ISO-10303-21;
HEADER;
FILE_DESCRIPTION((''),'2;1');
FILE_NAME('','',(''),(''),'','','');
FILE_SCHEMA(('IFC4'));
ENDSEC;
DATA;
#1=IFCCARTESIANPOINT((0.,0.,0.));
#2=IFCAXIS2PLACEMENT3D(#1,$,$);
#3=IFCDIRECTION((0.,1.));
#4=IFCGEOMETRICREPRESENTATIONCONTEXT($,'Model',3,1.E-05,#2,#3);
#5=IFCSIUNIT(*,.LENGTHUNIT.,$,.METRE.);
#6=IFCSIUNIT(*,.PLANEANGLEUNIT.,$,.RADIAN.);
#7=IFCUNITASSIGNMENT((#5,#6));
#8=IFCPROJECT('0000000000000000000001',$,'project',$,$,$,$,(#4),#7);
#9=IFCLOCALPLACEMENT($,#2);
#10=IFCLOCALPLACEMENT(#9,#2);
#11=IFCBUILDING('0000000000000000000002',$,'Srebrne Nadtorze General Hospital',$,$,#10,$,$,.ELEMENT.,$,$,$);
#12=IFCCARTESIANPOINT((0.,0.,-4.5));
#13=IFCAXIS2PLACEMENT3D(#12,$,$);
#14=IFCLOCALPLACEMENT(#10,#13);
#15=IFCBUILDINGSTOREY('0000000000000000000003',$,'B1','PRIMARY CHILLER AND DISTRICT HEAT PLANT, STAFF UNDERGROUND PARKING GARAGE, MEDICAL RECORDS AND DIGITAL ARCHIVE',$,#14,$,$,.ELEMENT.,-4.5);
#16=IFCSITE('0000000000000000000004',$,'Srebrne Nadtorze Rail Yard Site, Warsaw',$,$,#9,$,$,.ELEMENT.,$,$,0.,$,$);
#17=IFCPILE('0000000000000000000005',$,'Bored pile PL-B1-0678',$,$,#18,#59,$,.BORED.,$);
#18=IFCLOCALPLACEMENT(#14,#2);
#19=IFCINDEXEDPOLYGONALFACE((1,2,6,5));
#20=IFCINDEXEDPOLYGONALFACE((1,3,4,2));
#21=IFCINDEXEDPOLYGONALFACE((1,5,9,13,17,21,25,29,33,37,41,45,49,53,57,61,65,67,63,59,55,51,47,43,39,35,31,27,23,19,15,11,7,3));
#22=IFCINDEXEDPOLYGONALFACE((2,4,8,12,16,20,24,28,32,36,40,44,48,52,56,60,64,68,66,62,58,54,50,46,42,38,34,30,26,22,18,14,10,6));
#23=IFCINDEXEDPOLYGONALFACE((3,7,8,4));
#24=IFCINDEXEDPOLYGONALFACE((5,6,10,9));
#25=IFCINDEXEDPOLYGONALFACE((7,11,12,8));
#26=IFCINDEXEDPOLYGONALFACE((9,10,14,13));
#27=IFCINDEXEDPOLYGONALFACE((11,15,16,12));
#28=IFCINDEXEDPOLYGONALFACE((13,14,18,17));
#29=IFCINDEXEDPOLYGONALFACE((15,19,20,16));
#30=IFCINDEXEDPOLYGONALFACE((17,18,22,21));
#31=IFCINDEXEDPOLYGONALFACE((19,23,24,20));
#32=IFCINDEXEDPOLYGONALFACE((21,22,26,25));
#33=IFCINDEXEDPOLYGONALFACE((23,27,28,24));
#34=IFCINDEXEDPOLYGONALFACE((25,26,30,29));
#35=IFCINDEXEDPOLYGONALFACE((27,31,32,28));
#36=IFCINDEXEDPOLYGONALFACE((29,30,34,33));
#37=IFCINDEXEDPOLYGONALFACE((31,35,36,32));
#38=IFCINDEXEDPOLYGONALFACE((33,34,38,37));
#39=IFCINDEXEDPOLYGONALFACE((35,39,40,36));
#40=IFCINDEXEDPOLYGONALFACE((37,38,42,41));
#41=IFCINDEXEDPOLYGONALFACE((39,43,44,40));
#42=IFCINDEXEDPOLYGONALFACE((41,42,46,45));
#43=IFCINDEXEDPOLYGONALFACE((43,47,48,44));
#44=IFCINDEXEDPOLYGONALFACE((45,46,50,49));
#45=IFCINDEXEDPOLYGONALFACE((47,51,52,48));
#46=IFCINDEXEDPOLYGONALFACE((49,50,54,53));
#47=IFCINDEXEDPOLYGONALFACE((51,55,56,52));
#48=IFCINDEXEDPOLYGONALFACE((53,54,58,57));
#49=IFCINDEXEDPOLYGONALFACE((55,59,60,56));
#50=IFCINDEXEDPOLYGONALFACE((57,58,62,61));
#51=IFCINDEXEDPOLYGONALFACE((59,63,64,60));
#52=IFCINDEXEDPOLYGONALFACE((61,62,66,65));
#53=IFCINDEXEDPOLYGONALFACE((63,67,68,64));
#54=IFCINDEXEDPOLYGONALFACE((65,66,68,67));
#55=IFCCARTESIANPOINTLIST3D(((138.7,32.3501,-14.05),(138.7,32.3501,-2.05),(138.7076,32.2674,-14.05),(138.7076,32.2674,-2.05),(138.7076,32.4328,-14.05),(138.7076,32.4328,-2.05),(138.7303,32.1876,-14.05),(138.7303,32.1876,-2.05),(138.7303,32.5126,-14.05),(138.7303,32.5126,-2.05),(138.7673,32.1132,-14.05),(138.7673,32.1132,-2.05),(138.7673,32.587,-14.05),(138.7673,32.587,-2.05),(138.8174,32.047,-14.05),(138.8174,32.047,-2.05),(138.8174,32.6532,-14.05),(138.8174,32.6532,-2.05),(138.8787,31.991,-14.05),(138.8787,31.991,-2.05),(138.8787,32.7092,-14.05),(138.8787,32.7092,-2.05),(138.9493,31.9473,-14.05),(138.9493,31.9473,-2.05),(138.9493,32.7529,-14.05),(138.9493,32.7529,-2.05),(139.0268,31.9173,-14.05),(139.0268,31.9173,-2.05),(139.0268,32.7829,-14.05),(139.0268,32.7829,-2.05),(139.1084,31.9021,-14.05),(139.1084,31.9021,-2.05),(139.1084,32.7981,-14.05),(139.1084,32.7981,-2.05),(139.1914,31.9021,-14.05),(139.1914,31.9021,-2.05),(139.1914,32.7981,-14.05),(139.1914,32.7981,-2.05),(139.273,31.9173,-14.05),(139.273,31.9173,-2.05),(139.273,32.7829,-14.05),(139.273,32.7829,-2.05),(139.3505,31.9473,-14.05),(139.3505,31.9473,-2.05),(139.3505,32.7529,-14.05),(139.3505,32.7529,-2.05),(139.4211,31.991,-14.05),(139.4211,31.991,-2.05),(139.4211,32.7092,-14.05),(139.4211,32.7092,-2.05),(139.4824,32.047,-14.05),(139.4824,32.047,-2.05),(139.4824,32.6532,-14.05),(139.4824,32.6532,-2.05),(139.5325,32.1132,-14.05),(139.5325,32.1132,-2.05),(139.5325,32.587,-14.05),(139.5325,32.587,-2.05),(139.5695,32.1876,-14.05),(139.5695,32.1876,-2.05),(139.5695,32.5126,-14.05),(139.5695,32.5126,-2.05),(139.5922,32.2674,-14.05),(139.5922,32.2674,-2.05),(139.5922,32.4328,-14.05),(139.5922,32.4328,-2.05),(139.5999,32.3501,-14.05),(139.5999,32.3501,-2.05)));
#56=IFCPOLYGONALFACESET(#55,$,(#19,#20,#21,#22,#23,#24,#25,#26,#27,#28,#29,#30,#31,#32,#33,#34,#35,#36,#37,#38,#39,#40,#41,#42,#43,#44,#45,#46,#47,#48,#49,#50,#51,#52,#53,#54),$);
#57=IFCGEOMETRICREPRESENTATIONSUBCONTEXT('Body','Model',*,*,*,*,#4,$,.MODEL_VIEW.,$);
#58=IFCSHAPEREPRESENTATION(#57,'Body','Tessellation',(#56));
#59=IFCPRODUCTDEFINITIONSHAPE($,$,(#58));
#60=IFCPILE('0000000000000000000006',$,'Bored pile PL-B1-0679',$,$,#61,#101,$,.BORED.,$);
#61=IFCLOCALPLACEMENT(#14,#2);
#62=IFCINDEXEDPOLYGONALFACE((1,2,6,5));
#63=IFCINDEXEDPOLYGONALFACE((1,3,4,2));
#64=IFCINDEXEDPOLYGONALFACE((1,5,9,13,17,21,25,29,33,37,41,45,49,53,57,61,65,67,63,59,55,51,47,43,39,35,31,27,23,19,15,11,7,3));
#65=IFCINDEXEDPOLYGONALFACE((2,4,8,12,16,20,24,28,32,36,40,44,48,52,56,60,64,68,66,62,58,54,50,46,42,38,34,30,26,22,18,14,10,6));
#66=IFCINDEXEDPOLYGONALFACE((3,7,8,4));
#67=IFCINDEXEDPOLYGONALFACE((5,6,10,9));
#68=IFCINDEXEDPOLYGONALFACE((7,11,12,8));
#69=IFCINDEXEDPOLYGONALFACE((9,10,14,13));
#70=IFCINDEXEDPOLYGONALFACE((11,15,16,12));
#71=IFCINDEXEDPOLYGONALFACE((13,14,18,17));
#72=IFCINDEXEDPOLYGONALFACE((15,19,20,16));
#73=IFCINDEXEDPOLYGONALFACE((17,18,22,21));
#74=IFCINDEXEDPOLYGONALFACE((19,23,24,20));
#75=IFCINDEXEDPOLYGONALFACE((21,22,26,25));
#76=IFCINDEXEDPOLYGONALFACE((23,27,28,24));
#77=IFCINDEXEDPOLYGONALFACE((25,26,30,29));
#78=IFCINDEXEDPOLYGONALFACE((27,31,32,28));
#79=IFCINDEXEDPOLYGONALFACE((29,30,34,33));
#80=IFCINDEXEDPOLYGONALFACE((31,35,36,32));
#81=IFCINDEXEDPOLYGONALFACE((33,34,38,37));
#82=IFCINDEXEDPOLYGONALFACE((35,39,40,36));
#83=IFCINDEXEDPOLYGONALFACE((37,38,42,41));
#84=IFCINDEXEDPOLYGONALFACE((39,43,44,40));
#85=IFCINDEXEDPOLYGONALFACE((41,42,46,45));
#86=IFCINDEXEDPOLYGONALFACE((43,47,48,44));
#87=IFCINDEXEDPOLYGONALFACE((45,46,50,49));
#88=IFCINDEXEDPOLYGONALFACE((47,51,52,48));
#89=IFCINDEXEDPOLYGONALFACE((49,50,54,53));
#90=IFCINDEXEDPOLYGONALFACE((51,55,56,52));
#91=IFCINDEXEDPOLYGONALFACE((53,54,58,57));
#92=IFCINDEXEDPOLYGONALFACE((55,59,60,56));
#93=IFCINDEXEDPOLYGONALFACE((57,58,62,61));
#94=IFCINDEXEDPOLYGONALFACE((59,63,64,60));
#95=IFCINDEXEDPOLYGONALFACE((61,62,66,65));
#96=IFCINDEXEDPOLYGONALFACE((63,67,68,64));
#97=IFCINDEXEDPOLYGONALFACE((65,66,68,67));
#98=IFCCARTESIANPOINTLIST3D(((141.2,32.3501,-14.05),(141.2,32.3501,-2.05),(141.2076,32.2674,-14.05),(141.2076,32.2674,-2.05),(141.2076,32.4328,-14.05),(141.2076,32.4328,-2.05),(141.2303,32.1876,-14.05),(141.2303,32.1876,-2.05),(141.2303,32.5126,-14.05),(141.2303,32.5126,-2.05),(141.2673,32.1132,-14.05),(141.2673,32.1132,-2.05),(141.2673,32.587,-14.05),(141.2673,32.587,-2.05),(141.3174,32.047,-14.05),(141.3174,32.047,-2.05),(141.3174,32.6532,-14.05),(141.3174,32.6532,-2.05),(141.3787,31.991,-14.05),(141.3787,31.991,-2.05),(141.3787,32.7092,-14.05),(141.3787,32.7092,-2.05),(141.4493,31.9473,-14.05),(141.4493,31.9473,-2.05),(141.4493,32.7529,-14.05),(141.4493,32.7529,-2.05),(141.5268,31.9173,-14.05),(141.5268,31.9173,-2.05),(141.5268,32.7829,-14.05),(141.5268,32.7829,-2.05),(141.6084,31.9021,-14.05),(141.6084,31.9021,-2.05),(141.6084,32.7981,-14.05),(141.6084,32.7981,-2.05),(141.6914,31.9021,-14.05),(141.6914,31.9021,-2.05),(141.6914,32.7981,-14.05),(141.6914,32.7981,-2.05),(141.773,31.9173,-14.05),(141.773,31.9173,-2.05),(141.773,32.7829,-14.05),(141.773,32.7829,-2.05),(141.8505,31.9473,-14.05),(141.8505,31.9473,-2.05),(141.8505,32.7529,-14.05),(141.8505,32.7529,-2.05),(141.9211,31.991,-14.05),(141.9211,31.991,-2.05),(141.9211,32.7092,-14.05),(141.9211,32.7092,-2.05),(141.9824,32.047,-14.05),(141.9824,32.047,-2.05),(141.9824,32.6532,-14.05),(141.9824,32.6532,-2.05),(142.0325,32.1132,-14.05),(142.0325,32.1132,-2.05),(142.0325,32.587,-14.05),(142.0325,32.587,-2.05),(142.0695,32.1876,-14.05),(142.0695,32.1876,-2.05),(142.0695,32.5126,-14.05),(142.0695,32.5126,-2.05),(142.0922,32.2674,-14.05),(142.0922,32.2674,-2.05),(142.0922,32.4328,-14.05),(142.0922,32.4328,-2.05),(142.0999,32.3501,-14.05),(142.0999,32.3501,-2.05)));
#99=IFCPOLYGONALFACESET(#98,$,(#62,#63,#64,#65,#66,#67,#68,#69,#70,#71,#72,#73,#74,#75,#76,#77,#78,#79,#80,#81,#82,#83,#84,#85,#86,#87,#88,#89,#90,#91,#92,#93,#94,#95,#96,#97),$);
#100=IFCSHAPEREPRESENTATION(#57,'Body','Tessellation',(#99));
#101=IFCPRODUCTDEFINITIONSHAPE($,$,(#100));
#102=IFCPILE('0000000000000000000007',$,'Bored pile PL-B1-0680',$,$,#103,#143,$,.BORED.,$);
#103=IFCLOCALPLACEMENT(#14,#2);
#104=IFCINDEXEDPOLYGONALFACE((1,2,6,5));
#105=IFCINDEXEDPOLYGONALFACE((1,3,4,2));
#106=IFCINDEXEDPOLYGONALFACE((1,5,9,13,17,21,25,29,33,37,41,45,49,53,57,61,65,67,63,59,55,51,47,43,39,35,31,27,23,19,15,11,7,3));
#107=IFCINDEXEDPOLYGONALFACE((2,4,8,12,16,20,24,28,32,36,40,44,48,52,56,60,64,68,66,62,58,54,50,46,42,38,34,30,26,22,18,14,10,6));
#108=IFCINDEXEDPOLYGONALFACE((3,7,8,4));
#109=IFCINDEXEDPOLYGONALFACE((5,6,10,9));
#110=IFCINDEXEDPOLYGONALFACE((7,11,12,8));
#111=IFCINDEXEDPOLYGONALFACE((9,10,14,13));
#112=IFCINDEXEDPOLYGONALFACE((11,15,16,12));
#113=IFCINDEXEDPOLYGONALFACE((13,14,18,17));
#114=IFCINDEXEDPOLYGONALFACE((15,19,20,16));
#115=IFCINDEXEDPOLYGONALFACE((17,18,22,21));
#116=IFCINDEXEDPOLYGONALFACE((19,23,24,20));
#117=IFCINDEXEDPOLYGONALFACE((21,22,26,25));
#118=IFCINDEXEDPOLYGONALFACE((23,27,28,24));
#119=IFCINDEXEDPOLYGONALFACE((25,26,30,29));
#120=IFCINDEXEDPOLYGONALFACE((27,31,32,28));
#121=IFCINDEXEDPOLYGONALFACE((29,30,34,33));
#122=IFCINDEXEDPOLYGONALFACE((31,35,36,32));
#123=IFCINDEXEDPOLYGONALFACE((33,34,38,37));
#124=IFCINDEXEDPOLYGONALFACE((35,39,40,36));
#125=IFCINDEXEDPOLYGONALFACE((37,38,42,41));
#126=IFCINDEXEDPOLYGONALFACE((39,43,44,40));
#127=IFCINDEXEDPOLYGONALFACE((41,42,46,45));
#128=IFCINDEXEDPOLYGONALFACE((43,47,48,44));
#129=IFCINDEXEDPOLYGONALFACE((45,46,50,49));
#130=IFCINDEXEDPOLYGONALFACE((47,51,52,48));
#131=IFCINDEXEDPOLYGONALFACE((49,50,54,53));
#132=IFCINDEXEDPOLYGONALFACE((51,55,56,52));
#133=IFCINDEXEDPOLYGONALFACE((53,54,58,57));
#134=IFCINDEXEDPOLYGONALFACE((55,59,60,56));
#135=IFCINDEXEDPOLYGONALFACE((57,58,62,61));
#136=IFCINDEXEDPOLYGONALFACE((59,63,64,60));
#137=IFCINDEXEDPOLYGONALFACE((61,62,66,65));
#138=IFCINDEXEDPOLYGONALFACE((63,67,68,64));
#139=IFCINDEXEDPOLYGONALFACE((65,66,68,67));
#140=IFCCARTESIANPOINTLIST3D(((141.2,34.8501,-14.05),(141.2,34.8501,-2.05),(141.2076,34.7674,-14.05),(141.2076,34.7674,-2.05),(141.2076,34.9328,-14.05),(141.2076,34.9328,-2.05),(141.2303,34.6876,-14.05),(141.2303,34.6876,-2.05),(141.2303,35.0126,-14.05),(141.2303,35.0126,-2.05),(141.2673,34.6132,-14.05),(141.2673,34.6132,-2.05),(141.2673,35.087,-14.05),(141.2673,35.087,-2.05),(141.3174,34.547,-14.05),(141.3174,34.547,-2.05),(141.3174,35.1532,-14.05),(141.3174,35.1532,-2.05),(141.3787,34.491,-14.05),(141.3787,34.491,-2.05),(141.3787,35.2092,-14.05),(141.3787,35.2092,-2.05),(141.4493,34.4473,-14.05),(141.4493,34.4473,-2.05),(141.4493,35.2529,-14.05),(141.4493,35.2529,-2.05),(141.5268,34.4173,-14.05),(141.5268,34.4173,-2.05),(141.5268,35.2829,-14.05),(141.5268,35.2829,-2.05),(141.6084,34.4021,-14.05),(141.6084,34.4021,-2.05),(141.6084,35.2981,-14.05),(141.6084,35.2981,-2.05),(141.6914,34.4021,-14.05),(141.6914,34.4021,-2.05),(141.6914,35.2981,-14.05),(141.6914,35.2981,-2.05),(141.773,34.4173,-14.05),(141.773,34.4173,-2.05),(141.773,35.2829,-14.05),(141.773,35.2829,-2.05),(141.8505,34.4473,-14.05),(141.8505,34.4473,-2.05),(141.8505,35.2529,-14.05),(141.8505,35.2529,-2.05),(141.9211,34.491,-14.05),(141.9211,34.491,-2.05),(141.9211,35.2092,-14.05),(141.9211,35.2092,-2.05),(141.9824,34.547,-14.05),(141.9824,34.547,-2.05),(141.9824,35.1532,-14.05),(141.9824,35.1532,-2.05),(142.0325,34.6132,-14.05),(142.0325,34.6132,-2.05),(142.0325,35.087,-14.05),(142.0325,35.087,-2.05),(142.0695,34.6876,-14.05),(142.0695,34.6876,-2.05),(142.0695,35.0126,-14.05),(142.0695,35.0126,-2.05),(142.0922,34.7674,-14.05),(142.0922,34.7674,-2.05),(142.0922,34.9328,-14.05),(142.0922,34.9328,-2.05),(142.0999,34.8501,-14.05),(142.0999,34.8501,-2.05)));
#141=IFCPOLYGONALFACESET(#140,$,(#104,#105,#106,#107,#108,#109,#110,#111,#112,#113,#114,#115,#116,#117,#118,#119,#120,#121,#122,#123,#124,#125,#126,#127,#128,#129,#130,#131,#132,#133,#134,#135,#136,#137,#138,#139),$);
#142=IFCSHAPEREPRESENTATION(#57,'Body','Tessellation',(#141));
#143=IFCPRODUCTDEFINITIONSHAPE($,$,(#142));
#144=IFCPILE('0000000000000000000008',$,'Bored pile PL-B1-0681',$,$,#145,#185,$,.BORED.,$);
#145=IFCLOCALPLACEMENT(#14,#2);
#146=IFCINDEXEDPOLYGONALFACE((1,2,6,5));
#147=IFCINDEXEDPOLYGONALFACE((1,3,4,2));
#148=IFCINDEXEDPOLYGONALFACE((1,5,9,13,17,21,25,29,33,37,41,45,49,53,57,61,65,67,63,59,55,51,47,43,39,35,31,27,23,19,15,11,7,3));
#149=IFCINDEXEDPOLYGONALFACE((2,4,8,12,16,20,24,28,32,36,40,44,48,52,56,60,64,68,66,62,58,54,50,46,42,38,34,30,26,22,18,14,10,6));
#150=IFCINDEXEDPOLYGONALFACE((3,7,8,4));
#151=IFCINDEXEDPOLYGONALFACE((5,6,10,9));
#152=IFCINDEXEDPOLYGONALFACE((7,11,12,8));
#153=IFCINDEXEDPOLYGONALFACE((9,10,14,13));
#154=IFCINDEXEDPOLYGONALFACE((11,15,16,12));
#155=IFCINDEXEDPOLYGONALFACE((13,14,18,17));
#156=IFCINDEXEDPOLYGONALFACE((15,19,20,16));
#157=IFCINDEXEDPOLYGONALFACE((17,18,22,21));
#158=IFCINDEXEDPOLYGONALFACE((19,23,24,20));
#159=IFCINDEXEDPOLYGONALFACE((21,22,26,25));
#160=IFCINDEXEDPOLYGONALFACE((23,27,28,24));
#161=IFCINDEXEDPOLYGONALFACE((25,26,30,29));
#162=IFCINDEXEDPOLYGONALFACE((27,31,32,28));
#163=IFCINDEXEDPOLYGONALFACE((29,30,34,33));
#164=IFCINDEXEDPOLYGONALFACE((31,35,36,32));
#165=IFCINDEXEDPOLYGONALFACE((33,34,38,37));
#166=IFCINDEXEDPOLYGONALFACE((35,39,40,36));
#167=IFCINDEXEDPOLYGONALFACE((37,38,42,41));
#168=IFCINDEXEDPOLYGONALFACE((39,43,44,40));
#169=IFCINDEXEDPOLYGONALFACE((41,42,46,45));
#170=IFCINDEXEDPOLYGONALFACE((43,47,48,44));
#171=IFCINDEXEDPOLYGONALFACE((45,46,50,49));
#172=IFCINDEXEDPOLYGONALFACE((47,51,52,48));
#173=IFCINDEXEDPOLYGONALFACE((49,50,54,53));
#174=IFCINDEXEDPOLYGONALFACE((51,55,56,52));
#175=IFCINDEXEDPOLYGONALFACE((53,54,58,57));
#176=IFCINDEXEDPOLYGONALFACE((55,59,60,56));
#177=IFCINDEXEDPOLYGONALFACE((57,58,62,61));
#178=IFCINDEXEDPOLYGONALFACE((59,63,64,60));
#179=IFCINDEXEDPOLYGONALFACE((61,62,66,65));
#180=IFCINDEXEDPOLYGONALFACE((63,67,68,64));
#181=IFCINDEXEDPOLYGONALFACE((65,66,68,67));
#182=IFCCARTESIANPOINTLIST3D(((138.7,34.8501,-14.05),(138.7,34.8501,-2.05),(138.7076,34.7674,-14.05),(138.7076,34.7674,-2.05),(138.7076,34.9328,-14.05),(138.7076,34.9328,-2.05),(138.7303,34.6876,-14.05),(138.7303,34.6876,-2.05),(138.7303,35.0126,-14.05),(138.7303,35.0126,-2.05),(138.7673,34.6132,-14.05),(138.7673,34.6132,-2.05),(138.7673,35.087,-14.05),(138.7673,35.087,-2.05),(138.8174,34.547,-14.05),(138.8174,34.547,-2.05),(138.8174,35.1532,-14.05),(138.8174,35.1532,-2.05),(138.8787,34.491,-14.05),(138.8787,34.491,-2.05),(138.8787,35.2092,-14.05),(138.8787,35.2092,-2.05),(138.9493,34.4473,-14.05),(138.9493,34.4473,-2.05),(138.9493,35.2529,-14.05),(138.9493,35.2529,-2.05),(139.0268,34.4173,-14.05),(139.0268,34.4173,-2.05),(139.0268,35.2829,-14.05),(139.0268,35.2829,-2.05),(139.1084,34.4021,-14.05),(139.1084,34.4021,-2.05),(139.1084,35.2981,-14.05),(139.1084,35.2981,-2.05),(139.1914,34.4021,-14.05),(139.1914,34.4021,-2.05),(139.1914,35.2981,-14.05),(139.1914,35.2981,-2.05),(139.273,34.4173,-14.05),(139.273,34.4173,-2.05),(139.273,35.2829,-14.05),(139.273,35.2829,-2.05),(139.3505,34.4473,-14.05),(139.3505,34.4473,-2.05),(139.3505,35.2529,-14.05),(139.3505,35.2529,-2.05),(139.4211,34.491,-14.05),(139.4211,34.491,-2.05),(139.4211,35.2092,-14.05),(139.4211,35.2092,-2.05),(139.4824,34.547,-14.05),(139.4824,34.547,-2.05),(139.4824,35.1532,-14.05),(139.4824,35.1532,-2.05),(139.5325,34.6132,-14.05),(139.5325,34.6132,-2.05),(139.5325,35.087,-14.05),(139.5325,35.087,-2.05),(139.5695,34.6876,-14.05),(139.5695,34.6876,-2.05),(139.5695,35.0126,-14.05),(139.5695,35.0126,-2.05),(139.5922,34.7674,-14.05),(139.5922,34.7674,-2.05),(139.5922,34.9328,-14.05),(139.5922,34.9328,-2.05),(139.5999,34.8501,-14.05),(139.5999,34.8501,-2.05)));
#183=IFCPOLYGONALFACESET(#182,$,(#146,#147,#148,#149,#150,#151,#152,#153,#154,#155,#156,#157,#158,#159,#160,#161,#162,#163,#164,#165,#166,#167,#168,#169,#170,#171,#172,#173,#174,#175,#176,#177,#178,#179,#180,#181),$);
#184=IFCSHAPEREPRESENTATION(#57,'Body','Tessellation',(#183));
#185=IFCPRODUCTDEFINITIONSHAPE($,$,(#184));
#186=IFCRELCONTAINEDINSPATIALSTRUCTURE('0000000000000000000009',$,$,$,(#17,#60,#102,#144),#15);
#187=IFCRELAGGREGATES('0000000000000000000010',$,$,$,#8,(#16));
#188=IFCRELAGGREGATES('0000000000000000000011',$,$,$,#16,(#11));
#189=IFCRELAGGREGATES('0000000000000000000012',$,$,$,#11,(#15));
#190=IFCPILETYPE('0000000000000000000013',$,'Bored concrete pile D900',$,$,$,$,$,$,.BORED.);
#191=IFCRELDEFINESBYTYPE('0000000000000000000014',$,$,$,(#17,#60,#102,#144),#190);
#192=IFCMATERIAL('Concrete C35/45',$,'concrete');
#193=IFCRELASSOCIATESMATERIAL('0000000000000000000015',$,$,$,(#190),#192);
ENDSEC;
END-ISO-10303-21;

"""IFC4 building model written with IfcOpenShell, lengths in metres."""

from ifc_helpers import new_model, si_unit, direction, frame, origin, origin_2d, place, context, subcontext, project, spatial, circle, extrude, material, material_profile, profile_set, type_object, element, save


model = new_model("IFC4")

# Units and contexts
model_context = context("Model", 3, precision=1e-05, world=origin(), true_north=direction((0.0, 1.0)))
body_context = subcontext(model_context, "Body", "Model", "MODEL_VIEW")
ifc_project = project(units=[si_unit("LENGTHUNIT", "METRE"), si_unit("PLANEANGLEUNIT", "RADIAN")], contexts=[model_context])

# Site, building, storey
site_placement = place(None, origin())
site = spatial("IfcSite", under=ifc_project, at=site_placement, Name="Srebrne Nadtorze Rail Yard Site, Warsaw", CompositionType="ELEMENT", RefElevation=0.0)
building_placement = place(site_placement, origin())
building = spatial("IfcBuilding", under=site, at=building_placement, Name="Srebrne Nadtorze General Hospital", CompositionType="ELEMENT")
storey_placement = place(building_placement, frame((0.0, 0.0, -4.5)))
storey = spatial("IfcBuildingStorey", under=building, at=storey_placement, Name="B1", Description="PRIMARY CHILLER AND DISTRICT HEAT PLANT, STAFF UNDERGROUND PARKING GARAGE, MEDICAL RECORDS AND DIGITAL ARCHIVE", CompositionType="ELEMENT", Elevation=-4.5)

# Piles
ifc_material_1 = material(Name="Concrete C35/45", Category="concrete")
ifc_material_profile_1 = material_profile(ifc_material_1, circle(Radius=0.45, at=origin_2d()), Name="PILE-D900")
ifc_profile_set_1 = profile_set([ifc_material_profile_1], Name="Concrete C35/45")
pile_type_1 = type_object("IfcPileType", Name="Bored concrete pile D900", PredefinedType="BORED", material=ifc_profile_set_1)
for number, where, z_axis, x_axis, name in (
    (1, (139.1499, 32.3501, -2.05), (0.0, 0.0, -1.0), (1.0, 0.0, 0.0), "Bored pile PL-B1-0678"),
    (2, (141.6499, 32.3501, -2.05), (0.0, 0.0, -1.0), (1.0, 0.0, 0.0), "Bored pile PL-B1-0679"),
    (3, (141.6499, 34.8501, -2.05), (0.0, 0.0, -1.0), (1.0, 0.0, 0.0), "Bored pile PL-B1-0680"),
    (4, (139.1499, 34.8501, -2.05), (0.0, 0.0, -1.0), (1.0, 0.0, 0.0), "Bored pile PL-B1-0681"),
):
    element("IfcPile", number, at=place(storey_placement, frame(where, z_axis=z_axis, x_axis=x_axis)), inside=storey, type_object=pile_type_1, Name=name, PredefinedType="BORED", context=body_context, shape_type="SweptSolid", body=[
        extrude(circle(Radius=0.45, at=origin_2d()), origin(), (0.0, 0.0, 1.0), 12.0),
    ])

save(model, "model.ifc")
